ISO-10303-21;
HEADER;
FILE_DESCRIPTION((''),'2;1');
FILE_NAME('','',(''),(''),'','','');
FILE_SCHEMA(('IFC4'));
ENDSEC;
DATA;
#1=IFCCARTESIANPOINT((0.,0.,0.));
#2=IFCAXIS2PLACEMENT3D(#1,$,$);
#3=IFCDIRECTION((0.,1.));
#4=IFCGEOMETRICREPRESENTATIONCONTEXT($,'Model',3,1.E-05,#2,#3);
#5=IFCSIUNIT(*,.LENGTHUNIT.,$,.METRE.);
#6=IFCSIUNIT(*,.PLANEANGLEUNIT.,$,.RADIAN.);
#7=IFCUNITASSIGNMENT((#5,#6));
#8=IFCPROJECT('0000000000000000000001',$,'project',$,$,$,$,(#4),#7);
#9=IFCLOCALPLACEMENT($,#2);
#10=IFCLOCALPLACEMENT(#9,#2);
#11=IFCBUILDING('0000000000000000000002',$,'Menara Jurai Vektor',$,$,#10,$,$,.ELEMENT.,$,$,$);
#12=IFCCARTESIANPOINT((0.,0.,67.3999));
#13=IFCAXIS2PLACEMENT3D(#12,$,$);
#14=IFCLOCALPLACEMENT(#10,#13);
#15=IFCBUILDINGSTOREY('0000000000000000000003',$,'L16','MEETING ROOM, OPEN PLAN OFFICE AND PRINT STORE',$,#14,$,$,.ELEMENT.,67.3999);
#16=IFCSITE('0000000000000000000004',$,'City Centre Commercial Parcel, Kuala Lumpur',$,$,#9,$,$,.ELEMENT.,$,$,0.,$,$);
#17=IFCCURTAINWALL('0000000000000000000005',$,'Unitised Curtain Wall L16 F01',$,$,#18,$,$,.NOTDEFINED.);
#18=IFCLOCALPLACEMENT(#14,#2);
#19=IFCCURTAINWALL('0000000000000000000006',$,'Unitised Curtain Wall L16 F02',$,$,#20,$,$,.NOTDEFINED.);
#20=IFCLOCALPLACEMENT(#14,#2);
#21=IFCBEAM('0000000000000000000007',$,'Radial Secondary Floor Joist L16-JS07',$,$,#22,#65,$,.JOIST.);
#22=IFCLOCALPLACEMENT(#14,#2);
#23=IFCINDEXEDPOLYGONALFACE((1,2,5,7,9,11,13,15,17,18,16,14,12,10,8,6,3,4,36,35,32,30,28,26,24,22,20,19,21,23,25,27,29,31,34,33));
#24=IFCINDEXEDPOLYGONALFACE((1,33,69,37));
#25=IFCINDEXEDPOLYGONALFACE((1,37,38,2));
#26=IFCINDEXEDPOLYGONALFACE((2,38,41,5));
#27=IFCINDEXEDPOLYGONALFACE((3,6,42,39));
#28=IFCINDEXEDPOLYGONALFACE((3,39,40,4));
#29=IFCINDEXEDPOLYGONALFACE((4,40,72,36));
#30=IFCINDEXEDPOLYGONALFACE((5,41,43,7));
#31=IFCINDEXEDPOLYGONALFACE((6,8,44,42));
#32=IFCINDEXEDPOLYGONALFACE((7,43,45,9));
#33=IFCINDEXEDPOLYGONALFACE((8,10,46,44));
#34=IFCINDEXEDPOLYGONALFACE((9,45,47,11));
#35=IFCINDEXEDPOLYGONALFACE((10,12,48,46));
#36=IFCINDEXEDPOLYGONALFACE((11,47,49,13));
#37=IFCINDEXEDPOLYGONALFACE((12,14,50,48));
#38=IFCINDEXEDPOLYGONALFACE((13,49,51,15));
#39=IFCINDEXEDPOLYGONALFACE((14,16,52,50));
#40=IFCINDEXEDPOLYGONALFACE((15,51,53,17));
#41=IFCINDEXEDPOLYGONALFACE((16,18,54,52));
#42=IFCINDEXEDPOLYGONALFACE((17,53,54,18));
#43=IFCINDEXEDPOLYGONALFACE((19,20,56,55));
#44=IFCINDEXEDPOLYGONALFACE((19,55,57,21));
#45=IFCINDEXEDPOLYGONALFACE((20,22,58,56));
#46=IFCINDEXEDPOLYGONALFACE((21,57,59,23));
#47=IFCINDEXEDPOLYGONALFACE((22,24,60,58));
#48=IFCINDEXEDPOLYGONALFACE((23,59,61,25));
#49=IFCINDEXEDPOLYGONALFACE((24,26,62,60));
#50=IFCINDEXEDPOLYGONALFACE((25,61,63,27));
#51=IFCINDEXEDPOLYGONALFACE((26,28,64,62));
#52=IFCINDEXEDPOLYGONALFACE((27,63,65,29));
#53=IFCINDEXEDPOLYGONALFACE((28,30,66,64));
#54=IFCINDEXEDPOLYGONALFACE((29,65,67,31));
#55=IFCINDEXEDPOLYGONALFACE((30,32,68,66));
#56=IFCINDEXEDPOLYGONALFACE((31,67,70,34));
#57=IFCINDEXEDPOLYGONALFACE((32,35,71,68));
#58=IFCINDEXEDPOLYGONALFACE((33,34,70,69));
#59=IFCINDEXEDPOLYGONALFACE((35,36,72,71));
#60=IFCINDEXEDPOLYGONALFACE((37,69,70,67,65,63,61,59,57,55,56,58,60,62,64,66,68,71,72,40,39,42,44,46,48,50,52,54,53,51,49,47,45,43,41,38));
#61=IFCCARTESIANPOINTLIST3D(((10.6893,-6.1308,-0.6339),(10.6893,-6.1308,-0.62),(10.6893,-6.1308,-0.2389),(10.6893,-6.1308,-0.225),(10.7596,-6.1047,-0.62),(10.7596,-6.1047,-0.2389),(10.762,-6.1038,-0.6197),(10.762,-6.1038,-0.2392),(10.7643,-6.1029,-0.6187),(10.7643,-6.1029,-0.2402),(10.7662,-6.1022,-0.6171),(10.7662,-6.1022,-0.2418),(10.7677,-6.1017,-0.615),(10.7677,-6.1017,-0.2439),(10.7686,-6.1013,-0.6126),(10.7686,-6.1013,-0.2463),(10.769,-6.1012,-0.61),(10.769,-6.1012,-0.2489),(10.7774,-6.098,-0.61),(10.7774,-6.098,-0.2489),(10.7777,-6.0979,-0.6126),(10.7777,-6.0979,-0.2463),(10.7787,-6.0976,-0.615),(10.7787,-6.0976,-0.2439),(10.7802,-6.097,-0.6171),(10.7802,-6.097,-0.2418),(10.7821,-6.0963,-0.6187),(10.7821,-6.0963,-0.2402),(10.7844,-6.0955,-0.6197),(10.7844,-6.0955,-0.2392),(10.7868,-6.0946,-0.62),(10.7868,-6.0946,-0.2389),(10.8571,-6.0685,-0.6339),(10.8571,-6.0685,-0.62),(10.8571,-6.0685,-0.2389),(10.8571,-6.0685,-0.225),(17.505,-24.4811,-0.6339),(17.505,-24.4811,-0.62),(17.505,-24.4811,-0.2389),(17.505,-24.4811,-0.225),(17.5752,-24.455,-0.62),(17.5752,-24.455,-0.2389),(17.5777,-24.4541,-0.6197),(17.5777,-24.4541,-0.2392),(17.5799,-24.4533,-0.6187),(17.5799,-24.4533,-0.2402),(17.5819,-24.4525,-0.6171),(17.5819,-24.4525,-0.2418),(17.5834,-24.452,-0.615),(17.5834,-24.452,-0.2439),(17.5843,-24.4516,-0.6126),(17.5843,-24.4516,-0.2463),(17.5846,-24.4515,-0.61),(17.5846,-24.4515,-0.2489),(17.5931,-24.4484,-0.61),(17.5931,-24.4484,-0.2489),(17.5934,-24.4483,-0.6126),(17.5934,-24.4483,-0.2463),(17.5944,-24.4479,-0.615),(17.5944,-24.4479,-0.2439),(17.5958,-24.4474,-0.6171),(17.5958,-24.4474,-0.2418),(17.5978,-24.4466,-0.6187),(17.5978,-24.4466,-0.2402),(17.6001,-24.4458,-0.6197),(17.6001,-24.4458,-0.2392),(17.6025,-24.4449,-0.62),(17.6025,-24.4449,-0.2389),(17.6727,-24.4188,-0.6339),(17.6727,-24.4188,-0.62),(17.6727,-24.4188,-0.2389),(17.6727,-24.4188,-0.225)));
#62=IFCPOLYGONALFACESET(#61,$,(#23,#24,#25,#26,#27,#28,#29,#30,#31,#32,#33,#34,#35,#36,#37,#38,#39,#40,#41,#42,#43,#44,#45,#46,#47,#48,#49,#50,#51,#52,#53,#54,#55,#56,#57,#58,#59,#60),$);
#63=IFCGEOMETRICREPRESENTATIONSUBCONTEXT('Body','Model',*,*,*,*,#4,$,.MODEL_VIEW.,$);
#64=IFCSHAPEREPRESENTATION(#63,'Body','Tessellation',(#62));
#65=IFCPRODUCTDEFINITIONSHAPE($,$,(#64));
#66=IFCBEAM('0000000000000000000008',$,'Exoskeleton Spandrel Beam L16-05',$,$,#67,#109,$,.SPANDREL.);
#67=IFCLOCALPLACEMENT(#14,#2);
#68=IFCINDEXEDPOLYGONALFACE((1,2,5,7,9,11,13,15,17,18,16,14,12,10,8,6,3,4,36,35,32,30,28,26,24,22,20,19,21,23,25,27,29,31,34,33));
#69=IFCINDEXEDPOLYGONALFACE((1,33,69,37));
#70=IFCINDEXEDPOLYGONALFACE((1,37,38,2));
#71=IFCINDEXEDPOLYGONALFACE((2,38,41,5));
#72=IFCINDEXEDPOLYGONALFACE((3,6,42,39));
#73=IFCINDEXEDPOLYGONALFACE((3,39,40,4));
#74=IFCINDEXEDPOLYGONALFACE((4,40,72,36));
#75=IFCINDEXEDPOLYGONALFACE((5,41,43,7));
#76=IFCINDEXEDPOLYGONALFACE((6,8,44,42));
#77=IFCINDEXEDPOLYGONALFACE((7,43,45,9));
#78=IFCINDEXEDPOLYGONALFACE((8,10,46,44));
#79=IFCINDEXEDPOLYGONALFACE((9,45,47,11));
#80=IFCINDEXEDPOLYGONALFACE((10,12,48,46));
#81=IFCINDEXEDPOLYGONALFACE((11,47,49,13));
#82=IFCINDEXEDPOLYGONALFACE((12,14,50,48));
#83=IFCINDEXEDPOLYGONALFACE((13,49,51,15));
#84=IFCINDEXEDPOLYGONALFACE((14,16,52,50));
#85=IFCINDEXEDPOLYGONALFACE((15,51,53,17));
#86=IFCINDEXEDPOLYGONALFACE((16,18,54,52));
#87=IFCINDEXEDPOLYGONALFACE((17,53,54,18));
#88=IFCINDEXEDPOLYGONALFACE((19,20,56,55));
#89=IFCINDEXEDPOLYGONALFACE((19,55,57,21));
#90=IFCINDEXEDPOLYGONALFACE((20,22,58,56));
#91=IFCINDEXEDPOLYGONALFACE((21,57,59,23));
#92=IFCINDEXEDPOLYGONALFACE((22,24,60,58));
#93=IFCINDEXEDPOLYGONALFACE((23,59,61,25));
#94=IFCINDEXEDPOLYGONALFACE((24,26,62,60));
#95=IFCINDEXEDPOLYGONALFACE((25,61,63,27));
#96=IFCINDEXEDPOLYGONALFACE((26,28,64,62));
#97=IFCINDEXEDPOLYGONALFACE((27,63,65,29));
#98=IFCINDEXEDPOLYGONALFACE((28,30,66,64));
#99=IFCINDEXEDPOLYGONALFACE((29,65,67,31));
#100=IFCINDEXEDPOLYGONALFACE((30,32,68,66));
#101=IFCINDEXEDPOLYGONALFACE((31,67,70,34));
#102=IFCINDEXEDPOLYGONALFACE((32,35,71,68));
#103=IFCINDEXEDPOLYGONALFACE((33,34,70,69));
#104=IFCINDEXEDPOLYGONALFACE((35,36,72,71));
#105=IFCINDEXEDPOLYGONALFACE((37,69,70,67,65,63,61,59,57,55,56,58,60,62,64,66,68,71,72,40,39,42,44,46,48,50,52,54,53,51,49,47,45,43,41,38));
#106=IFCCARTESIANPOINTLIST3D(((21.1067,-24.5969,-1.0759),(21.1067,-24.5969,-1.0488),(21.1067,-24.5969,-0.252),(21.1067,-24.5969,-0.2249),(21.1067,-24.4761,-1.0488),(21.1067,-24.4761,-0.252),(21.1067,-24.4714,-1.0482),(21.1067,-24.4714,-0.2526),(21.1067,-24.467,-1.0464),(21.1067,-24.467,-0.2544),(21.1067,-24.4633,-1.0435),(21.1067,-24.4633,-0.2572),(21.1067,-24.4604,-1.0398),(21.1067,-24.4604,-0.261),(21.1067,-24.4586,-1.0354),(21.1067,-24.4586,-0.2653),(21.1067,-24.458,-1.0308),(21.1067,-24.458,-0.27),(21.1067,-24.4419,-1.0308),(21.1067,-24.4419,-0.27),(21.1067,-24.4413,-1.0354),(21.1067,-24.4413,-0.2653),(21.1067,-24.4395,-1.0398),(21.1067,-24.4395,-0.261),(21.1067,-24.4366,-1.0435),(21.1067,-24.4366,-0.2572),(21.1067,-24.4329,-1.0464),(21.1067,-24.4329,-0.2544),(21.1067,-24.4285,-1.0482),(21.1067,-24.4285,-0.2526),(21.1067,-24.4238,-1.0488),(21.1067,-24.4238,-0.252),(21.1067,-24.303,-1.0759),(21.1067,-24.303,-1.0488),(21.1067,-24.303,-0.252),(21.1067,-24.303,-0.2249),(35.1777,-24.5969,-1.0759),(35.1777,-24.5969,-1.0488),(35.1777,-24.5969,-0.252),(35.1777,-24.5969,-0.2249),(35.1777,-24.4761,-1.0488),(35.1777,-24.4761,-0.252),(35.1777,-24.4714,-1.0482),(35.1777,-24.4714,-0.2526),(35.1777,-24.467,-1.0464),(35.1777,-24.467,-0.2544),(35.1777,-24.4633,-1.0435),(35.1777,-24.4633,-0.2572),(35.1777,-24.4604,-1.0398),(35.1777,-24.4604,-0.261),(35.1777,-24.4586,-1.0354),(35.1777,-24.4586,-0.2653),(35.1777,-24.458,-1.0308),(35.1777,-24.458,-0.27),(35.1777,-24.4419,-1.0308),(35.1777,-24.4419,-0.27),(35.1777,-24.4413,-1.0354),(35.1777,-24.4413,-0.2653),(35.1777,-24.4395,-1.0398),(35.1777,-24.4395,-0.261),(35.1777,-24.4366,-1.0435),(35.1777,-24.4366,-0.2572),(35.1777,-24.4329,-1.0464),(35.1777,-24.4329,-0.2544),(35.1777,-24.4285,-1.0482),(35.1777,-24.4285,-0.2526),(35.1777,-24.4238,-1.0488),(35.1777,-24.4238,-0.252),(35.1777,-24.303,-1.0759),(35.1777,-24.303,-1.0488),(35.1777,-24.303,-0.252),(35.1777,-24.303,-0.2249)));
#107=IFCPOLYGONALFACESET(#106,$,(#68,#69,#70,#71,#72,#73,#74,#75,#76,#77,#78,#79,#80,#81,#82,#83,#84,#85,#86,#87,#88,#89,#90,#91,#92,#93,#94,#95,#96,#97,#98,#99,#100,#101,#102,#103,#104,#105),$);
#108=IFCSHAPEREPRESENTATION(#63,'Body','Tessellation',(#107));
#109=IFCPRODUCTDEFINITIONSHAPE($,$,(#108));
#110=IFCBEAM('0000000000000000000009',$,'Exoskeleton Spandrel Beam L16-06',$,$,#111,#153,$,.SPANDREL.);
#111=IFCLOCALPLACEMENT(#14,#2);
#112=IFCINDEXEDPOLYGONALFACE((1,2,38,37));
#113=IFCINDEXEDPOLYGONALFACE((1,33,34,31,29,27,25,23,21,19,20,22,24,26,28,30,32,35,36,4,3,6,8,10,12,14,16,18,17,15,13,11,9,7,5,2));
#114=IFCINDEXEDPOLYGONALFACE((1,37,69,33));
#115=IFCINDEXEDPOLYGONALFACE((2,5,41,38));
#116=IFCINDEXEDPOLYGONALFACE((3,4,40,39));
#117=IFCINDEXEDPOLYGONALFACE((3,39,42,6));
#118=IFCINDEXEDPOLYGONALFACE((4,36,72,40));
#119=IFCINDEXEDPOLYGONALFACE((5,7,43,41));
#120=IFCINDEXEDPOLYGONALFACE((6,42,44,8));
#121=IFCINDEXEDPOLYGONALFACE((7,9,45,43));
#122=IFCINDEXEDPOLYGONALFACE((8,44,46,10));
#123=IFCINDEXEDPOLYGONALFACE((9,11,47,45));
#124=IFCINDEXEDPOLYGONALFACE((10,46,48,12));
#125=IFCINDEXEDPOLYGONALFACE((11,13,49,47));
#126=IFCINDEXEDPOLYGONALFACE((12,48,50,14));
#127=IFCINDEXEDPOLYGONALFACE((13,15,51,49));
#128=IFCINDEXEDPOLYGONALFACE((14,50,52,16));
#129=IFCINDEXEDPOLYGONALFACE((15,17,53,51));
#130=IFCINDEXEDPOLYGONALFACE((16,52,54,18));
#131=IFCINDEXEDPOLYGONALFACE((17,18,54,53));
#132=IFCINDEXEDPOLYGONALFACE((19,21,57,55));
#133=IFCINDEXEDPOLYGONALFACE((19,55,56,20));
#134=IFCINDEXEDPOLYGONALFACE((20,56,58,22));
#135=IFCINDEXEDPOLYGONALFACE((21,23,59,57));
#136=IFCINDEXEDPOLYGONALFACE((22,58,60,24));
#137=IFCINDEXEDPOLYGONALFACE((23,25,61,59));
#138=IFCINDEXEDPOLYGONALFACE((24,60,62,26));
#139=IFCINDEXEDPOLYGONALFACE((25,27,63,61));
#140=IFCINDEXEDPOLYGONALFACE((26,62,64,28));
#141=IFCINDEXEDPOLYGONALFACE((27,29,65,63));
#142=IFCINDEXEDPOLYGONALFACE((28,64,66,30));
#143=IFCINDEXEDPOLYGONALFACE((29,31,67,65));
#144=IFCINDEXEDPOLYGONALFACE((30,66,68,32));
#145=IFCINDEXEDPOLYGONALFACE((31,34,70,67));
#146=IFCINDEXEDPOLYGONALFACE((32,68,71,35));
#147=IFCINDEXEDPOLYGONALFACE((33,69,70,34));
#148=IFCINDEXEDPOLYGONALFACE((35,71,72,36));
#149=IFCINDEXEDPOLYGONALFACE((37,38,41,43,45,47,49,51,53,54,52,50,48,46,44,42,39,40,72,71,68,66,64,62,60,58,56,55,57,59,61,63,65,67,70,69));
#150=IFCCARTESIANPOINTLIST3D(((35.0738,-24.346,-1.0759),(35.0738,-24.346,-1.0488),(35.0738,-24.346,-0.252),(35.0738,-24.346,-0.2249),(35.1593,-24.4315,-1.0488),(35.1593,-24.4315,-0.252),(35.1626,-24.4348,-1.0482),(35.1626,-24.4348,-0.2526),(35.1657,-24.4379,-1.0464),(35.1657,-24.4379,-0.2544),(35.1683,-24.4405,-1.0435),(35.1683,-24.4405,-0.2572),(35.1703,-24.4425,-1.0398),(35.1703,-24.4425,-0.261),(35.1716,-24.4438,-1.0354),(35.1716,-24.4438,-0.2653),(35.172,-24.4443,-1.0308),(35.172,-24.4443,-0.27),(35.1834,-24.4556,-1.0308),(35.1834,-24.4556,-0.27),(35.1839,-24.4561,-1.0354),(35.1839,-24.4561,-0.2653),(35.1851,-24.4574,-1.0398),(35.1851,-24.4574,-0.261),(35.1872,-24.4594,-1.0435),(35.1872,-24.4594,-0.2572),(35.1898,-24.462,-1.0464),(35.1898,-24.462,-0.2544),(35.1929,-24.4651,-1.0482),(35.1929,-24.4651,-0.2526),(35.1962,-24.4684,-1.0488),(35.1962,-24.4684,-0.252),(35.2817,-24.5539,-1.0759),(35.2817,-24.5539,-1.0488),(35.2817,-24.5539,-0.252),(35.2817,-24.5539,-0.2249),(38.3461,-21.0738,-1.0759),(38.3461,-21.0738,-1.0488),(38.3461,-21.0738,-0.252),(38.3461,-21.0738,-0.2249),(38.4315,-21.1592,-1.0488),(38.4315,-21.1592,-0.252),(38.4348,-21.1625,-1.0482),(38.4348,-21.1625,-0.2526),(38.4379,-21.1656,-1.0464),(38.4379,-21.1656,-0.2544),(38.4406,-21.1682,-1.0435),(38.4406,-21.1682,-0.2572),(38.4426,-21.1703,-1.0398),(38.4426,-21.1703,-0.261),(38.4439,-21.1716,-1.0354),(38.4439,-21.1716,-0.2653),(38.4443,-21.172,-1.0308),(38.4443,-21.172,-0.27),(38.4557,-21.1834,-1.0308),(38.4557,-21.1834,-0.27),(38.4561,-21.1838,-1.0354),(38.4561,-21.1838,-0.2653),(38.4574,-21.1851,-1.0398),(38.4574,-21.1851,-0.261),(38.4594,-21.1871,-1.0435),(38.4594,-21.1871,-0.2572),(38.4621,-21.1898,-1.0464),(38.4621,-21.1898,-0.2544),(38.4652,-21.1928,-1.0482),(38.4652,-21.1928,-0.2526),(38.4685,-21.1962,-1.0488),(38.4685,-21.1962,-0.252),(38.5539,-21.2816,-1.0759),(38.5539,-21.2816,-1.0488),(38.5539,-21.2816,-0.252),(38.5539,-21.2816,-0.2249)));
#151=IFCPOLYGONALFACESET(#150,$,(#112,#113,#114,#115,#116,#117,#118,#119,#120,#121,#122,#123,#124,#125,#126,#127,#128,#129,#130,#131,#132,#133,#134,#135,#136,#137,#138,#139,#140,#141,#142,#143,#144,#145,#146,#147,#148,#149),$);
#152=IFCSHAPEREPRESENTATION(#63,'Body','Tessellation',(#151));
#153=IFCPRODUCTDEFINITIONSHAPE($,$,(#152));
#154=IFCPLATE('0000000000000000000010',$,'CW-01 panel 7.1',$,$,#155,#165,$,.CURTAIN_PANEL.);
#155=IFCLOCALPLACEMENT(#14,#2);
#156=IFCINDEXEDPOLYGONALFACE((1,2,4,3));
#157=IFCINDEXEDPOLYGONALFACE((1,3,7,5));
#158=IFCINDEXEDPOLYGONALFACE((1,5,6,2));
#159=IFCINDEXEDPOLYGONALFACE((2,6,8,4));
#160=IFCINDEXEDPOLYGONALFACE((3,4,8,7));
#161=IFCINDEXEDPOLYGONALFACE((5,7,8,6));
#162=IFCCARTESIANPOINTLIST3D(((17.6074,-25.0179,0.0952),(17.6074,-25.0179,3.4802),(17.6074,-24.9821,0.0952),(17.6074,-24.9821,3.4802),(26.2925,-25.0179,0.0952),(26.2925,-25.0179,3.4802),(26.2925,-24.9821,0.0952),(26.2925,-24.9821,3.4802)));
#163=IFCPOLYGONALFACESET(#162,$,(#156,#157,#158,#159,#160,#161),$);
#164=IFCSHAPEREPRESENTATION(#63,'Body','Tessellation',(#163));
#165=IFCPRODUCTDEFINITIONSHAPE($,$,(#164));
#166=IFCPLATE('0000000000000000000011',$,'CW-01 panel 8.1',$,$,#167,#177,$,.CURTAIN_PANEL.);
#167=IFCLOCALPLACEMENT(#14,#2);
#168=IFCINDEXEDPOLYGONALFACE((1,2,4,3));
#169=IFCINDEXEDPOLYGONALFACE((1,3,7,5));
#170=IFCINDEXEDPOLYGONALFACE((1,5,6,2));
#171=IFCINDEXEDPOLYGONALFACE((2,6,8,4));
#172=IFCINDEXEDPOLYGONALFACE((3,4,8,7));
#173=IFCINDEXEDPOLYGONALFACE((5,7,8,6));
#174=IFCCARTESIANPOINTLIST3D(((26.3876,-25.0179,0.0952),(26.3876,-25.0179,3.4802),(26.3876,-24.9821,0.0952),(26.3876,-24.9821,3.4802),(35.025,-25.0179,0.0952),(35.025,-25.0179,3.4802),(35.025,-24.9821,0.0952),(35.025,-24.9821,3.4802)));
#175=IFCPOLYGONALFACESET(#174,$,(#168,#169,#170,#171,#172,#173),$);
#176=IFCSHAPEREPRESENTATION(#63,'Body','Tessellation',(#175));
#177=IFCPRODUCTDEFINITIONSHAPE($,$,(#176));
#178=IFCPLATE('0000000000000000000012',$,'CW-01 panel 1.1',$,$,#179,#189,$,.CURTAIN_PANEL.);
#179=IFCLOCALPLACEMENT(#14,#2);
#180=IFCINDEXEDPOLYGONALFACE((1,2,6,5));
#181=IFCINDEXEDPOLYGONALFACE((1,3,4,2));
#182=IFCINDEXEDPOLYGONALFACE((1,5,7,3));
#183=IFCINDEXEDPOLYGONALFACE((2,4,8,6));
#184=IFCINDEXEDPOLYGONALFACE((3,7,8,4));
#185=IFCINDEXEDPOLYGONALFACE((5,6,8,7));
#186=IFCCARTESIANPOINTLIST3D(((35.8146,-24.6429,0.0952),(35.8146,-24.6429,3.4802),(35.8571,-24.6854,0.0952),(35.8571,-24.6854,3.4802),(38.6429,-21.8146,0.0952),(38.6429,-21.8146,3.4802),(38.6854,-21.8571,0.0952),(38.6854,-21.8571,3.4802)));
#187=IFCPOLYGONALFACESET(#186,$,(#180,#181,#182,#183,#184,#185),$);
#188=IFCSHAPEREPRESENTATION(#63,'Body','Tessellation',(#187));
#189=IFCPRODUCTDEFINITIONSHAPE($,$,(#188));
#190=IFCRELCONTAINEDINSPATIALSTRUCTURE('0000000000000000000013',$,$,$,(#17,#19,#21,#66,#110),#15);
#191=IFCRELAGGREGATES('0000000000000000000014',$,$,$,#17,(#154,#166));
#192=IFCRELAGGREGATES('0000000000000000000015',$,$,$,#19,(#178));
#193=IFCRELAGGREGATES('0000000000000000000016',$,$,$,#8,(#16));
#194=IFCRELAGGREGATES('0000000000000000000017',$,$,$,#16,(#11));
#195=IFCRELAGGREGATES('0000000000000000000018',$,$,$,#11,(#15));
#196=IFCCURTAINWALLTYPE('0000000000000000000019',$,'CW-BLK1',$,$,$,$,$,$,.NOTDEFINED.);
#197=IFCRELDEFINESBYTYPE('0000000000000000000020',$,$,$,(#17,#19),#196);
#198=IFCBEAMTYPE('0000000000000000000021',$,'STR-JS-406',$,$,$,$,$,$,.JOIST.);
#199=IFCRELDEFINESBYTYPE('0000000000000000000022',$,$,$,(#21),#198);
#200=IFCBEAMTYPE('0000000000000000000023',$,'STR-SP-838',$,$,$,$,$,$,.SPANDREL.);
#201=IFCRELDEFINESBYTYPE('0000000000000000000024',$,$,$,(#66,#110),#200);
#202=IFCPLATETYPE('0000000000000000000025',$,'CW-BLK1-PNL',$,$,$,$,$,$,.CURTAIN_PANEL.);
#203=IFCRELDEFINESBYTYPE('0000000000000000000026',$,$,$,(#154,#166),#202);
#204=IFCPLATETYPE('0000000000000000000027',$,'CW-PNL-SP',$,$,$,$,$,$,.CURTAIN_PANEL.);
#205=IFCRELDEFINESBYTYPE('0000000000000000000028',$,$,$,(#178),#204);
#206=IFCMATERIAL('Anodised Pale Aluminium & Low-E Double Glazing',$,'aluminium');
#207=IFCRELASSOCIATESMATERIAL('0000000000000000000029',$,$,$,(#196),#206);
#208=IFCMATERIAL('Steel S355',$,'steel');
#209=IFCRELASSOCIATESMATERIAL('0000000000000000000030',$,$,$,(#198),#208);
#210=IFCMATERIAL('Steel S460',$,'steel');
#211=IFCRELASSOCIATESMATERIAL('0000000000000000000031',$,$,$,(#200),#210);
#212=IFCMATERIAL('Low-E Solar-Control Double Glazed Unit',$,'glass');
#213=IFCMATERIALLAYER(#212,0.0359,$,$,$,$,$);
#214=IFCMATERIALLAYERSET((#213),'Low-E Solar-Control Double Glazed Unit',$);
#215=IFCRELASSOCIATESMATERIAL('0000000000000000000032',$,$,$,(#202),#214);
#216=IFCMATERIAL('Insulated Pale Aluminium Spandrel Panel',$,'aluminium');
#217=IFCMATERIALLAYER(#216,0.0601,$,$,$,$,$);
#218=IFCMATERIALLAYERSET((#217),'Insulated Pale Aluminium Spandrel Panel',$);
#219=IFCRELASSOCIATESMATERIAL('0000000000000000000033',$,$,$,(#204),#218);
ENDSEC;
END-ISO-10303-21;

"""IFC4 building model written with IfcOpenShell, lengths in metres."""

from ifc_helpers import new_model, si_unit, direction, frame, origin, origin_2d, place, context, subcontext, project, spatial, rectangle, i_section, extrude, material, layer, layer_set, material_profile, profile_set, type_object, element, aggregate, save


model = new_model("IFC4")

# Units and contexts
model_context = context("Model", 3, precision=1e-05, world=origin(), true_north=direction((0.0, 1.0)))
body_context = subcontext(model_context, "Body", "Model", "MODEL_VIEW")
ifc_project = project(units=[si_unit("LENGTHUNIT", "METRE"), si_unit("PLANEANGLEUNIT", "RADIAN")], contexts=[model_context])

# Site, building, storey
site_placement = place(None, origin())
site = spatial("IfcSite", under=ifc_project, at=site_placement, Name="City Centre Commercial Parcel, Kuala Lumpur", CompositionType="ELEMENT", RefElevation=0.0)
building_placement = place(site_placement, origin())
building = spatial("IfcBuilding", under=site, at=building_placement, Name="Menara Jurai Vektor", CompositionType="ELEMENT")
storey_placement = place(building_placement, frame((0.0, 0.0, 67.3999)))
storey = spatial("IfcBuildingStorey", under=building, at=storey_placement, Name="L16", Description="MEETING ROOM, OPEN PLAN OFFICE AND PRINT STORE", CompositionType="ELEMENT", Elevation=67.3999)

# Shared definitions
ifc_material_1 = material(Name="Steel S460", Category="steel")

# Curtain walls
ifc_material_2 = material(Name="Anodised Pale Aluminium & Low-E Double Glazing", Category="aluminium")
curtain_wall_type = type_object("IfcCurtainWallType", Name="CW-BLK1", PredefinedType="NOTDEFINED", material=ifc_material_2)
curtain_wall_1_placement = place(storey_placement, origin())
curtain_wall_1 = element("IfcCurtainWall", 1, at=curtain_wall_1_placement, inside=storey, type_object=curtain_wall_type, Name="Unitised Curtain Wall L16 F01", PredefinedType="NOTDEFINED")
curtain_wall_2_placement = place(storey_placement, origin())
curtain_wall_2 = element("IfcCurtainWall", 2, at=curtain_wall_2_placement, inside=storey, type_object=curtain_wall_type, Name="Unitised Curtain Wall L16 F02", PredefinedType="NOTDEFINED")

# Beams
ifc_material_3 = material(Name="Steel S355", Category="steel")
ifc_material_profile_1 = material_profile(ifc_material_3, i_section(OverallWidth=0.179, OverallDepth=0.4089, WebThickness=0.009, FlangeThickness=0.0139, FilletRadius=0.01, at=origin_2d()), Name="UKB 406x178x67")
ifc_profile_set_1 = profile_set([ifc_material_profile_1], Name="Steel S355")
beam_type_1 = type_object("IfcBeamType", Name="STR-JS-406", PredefinedType="JOIST", material=ifc_profile_set_1)
beam_1_placement = place(storey_placement, frame((17.5889, -24.45, -0.4294), z_axis=(-0.348179, 0.937428, 0.0), x_axis=(-0.937428, -0.348179, 0.0)))
element("IfcBeam", 3, at=beam_1_placement, inside=storey, type_object=beam_type_1, Name="Radial Secondary Floor Joist L16-JS07", PredefinedType="JOIST", context=body_context, shape_type="SweptSolid", body=[
    extrude(i_section(OverallWidth=0.179, OverallDepth=0.4089, WebThickness=0.009, FlangeThickness=0.0139, FilletRadius=0.01, at=origin_2d()), origin(), (0.0, 0.0, 1.0), 19.5752),
])
ifc_material_profile_2 = material_profile(ifc_material_1, i_section(OverallWidth=0.2939, OverallDepth=0.8511, WebThickness=0.0161, FlangeThickness=0.0271, FilletRadius=0.0181, at=origin_2d()), Name="UKB 838x292x226")
ifc_profile_set_2 = profile_set([ifc_material_profile_2], Name="Steel S460")
beam_type_2 = type_object("IfcBeamType", Name="STR-SP-838", PredefinedType="SPANDREL", material=ifc_profile_set_2)
beam_2_placement = place(storey_placement, frame((21.1067, -24.45, -0.6504), z_axis=(1.0, 0.0, 0.0), x_axis=(0.0, 1.0, 0.0)))
element("IfcBeam", 4, at=beam_2_placement, inside=storey, type_object=beam_type_2, Name="Exoskeleton Spandrel Beam L16-05", PredefinedType="SPANDREL", context=body_context, shape_type="SweptSolid", body=[
    extrude(i_section(OverallWidth=0.2939, OverallDepth=0.8511, WebThickness=0.0161, FlangeThickness=0.0271, FilletRadius=0.0181, at=origin_2d()), origin(), (0.0, 0.0, 1.0), 14.071),
])
beam_3_placement = place(storey_placement, frame((35.1777, -24.45, -0.6504), z_axis=(0.707107, 0.707107, 0.0), x_axis=(-0.707107, 0.707107, 0.0)))
element("IfcBeam", 5, at=beam_3_placement, inside=storey, type_object=beam_type_2, Name="Exoskeleton Spandrel Beam L16-06", PredefinedType="SPANDREL", context=body_context, shape_type="SweptSolid", body=[
    extrude(i_section(OverallWidth=0.2939, OverallDepth=0.8511, WebThickness=0.0161, FlangeThickness=0.0271, FilletRadius=0.0181, at=origin_2d()), origin(), (0.0, 0.0, 1.0), 4.6277),
])

# Plates
ifc_material_4 = material(Name="Low-E Solar-Control Double Glazed Unit", Category="glass")
ifc_layer_1 = layer(ifc_material_4, 0.0359)
ifc_layer_set_1 = layer_set([ifc_layer_1], Name="Low-E Solar-Control Double Glazed Unit")
plate_type_1 = type_object("IfcPlateType", Name="CW-BLK1-PNL", PredefinedType="CURTAIN_PANEL", material=ifc_layer_set_1)
plate_1_placement = place(storey_placement, frame((21.95, -25.0, 0.0952), z_axis=(0.0, 0.0, 1.0), x_axis=(1.0, 0.0, 0.0)))
plate_1 = element("IfcPlate", 6, at=plate_1_placement, type_object=plate_type_1, Name="CW-01 panel 7.1", PredefinedType="CURTAIN_PANEL", context=body_context, shape_type="SweptSolid", body=[
    extrude(rectangle(XDim=8.6851, YDim=0.0359, at=origin_2d()), origin(), (0.0, 0.0, 1.0), 3.385),
])
plate_2_placement = place(storey_placement, frame((30.7063, -25.0, 0.0952), z_axis=(0.0, 0.0, 1.0), x_axis=(1.0, 0.0, 0.0)))
plate_2 = element("IfcPlate", 7, at=plate_2_placement, type_object=plate_type_1, Name="CW-01 panel 8.1", PredefinedType="CURTAIN_PANEL", context=body_context, shape_type="SweptSolid", body=[
    extrude(rectangle(XDim=8.6375, YDim=0.0359, at=origin_2d()), origin(), (0.0, 0.0, 1.0), 3.385),
])
aggregate(curtain_wall_1, [plate_1, plate_2])
ifc_material_5 = material(Name="Insulated Pale Aluminium Spandrel Panel", Category="aluminium")
ifc_layer_2 = layer(ifc_material_5, 0.0601)
ifc_layer_set_2 = layer_set([ifc_layer_2], Name="Insulated Pale Aluminium Spandrel Panel")
plate_type_2 = type_object("IfcPlateType", Name="CW-PNL-SP", PredefinedType="CURTAIN_PANEL", material=ifc_layer_set_2)
plate_3_placement = place(storey_placement, frame((37.25, -23.25, 0.0952), z_axis=(0.0, 0.0, 1.0), x_axis=(0.707107, 0.707107, 0.0)))
plate_3 = element("IfcPlate", 8, at=plate_3_placement, type_object=plate_type_2, Name="CW-01 panel 1.1", PredefinedType="CURTAIN_PANEL", context=body_context, shape_type="SweptSolid", body=[
    extrude(rectangle(XDim=3.9998, YDim=0.0601, at=origin_2d()), origin(), (0.0, 0.0, 1.0), 3.385),
])
aggregate(curtain_wall_2, [plate_3])

save(model, "model.ifc")
